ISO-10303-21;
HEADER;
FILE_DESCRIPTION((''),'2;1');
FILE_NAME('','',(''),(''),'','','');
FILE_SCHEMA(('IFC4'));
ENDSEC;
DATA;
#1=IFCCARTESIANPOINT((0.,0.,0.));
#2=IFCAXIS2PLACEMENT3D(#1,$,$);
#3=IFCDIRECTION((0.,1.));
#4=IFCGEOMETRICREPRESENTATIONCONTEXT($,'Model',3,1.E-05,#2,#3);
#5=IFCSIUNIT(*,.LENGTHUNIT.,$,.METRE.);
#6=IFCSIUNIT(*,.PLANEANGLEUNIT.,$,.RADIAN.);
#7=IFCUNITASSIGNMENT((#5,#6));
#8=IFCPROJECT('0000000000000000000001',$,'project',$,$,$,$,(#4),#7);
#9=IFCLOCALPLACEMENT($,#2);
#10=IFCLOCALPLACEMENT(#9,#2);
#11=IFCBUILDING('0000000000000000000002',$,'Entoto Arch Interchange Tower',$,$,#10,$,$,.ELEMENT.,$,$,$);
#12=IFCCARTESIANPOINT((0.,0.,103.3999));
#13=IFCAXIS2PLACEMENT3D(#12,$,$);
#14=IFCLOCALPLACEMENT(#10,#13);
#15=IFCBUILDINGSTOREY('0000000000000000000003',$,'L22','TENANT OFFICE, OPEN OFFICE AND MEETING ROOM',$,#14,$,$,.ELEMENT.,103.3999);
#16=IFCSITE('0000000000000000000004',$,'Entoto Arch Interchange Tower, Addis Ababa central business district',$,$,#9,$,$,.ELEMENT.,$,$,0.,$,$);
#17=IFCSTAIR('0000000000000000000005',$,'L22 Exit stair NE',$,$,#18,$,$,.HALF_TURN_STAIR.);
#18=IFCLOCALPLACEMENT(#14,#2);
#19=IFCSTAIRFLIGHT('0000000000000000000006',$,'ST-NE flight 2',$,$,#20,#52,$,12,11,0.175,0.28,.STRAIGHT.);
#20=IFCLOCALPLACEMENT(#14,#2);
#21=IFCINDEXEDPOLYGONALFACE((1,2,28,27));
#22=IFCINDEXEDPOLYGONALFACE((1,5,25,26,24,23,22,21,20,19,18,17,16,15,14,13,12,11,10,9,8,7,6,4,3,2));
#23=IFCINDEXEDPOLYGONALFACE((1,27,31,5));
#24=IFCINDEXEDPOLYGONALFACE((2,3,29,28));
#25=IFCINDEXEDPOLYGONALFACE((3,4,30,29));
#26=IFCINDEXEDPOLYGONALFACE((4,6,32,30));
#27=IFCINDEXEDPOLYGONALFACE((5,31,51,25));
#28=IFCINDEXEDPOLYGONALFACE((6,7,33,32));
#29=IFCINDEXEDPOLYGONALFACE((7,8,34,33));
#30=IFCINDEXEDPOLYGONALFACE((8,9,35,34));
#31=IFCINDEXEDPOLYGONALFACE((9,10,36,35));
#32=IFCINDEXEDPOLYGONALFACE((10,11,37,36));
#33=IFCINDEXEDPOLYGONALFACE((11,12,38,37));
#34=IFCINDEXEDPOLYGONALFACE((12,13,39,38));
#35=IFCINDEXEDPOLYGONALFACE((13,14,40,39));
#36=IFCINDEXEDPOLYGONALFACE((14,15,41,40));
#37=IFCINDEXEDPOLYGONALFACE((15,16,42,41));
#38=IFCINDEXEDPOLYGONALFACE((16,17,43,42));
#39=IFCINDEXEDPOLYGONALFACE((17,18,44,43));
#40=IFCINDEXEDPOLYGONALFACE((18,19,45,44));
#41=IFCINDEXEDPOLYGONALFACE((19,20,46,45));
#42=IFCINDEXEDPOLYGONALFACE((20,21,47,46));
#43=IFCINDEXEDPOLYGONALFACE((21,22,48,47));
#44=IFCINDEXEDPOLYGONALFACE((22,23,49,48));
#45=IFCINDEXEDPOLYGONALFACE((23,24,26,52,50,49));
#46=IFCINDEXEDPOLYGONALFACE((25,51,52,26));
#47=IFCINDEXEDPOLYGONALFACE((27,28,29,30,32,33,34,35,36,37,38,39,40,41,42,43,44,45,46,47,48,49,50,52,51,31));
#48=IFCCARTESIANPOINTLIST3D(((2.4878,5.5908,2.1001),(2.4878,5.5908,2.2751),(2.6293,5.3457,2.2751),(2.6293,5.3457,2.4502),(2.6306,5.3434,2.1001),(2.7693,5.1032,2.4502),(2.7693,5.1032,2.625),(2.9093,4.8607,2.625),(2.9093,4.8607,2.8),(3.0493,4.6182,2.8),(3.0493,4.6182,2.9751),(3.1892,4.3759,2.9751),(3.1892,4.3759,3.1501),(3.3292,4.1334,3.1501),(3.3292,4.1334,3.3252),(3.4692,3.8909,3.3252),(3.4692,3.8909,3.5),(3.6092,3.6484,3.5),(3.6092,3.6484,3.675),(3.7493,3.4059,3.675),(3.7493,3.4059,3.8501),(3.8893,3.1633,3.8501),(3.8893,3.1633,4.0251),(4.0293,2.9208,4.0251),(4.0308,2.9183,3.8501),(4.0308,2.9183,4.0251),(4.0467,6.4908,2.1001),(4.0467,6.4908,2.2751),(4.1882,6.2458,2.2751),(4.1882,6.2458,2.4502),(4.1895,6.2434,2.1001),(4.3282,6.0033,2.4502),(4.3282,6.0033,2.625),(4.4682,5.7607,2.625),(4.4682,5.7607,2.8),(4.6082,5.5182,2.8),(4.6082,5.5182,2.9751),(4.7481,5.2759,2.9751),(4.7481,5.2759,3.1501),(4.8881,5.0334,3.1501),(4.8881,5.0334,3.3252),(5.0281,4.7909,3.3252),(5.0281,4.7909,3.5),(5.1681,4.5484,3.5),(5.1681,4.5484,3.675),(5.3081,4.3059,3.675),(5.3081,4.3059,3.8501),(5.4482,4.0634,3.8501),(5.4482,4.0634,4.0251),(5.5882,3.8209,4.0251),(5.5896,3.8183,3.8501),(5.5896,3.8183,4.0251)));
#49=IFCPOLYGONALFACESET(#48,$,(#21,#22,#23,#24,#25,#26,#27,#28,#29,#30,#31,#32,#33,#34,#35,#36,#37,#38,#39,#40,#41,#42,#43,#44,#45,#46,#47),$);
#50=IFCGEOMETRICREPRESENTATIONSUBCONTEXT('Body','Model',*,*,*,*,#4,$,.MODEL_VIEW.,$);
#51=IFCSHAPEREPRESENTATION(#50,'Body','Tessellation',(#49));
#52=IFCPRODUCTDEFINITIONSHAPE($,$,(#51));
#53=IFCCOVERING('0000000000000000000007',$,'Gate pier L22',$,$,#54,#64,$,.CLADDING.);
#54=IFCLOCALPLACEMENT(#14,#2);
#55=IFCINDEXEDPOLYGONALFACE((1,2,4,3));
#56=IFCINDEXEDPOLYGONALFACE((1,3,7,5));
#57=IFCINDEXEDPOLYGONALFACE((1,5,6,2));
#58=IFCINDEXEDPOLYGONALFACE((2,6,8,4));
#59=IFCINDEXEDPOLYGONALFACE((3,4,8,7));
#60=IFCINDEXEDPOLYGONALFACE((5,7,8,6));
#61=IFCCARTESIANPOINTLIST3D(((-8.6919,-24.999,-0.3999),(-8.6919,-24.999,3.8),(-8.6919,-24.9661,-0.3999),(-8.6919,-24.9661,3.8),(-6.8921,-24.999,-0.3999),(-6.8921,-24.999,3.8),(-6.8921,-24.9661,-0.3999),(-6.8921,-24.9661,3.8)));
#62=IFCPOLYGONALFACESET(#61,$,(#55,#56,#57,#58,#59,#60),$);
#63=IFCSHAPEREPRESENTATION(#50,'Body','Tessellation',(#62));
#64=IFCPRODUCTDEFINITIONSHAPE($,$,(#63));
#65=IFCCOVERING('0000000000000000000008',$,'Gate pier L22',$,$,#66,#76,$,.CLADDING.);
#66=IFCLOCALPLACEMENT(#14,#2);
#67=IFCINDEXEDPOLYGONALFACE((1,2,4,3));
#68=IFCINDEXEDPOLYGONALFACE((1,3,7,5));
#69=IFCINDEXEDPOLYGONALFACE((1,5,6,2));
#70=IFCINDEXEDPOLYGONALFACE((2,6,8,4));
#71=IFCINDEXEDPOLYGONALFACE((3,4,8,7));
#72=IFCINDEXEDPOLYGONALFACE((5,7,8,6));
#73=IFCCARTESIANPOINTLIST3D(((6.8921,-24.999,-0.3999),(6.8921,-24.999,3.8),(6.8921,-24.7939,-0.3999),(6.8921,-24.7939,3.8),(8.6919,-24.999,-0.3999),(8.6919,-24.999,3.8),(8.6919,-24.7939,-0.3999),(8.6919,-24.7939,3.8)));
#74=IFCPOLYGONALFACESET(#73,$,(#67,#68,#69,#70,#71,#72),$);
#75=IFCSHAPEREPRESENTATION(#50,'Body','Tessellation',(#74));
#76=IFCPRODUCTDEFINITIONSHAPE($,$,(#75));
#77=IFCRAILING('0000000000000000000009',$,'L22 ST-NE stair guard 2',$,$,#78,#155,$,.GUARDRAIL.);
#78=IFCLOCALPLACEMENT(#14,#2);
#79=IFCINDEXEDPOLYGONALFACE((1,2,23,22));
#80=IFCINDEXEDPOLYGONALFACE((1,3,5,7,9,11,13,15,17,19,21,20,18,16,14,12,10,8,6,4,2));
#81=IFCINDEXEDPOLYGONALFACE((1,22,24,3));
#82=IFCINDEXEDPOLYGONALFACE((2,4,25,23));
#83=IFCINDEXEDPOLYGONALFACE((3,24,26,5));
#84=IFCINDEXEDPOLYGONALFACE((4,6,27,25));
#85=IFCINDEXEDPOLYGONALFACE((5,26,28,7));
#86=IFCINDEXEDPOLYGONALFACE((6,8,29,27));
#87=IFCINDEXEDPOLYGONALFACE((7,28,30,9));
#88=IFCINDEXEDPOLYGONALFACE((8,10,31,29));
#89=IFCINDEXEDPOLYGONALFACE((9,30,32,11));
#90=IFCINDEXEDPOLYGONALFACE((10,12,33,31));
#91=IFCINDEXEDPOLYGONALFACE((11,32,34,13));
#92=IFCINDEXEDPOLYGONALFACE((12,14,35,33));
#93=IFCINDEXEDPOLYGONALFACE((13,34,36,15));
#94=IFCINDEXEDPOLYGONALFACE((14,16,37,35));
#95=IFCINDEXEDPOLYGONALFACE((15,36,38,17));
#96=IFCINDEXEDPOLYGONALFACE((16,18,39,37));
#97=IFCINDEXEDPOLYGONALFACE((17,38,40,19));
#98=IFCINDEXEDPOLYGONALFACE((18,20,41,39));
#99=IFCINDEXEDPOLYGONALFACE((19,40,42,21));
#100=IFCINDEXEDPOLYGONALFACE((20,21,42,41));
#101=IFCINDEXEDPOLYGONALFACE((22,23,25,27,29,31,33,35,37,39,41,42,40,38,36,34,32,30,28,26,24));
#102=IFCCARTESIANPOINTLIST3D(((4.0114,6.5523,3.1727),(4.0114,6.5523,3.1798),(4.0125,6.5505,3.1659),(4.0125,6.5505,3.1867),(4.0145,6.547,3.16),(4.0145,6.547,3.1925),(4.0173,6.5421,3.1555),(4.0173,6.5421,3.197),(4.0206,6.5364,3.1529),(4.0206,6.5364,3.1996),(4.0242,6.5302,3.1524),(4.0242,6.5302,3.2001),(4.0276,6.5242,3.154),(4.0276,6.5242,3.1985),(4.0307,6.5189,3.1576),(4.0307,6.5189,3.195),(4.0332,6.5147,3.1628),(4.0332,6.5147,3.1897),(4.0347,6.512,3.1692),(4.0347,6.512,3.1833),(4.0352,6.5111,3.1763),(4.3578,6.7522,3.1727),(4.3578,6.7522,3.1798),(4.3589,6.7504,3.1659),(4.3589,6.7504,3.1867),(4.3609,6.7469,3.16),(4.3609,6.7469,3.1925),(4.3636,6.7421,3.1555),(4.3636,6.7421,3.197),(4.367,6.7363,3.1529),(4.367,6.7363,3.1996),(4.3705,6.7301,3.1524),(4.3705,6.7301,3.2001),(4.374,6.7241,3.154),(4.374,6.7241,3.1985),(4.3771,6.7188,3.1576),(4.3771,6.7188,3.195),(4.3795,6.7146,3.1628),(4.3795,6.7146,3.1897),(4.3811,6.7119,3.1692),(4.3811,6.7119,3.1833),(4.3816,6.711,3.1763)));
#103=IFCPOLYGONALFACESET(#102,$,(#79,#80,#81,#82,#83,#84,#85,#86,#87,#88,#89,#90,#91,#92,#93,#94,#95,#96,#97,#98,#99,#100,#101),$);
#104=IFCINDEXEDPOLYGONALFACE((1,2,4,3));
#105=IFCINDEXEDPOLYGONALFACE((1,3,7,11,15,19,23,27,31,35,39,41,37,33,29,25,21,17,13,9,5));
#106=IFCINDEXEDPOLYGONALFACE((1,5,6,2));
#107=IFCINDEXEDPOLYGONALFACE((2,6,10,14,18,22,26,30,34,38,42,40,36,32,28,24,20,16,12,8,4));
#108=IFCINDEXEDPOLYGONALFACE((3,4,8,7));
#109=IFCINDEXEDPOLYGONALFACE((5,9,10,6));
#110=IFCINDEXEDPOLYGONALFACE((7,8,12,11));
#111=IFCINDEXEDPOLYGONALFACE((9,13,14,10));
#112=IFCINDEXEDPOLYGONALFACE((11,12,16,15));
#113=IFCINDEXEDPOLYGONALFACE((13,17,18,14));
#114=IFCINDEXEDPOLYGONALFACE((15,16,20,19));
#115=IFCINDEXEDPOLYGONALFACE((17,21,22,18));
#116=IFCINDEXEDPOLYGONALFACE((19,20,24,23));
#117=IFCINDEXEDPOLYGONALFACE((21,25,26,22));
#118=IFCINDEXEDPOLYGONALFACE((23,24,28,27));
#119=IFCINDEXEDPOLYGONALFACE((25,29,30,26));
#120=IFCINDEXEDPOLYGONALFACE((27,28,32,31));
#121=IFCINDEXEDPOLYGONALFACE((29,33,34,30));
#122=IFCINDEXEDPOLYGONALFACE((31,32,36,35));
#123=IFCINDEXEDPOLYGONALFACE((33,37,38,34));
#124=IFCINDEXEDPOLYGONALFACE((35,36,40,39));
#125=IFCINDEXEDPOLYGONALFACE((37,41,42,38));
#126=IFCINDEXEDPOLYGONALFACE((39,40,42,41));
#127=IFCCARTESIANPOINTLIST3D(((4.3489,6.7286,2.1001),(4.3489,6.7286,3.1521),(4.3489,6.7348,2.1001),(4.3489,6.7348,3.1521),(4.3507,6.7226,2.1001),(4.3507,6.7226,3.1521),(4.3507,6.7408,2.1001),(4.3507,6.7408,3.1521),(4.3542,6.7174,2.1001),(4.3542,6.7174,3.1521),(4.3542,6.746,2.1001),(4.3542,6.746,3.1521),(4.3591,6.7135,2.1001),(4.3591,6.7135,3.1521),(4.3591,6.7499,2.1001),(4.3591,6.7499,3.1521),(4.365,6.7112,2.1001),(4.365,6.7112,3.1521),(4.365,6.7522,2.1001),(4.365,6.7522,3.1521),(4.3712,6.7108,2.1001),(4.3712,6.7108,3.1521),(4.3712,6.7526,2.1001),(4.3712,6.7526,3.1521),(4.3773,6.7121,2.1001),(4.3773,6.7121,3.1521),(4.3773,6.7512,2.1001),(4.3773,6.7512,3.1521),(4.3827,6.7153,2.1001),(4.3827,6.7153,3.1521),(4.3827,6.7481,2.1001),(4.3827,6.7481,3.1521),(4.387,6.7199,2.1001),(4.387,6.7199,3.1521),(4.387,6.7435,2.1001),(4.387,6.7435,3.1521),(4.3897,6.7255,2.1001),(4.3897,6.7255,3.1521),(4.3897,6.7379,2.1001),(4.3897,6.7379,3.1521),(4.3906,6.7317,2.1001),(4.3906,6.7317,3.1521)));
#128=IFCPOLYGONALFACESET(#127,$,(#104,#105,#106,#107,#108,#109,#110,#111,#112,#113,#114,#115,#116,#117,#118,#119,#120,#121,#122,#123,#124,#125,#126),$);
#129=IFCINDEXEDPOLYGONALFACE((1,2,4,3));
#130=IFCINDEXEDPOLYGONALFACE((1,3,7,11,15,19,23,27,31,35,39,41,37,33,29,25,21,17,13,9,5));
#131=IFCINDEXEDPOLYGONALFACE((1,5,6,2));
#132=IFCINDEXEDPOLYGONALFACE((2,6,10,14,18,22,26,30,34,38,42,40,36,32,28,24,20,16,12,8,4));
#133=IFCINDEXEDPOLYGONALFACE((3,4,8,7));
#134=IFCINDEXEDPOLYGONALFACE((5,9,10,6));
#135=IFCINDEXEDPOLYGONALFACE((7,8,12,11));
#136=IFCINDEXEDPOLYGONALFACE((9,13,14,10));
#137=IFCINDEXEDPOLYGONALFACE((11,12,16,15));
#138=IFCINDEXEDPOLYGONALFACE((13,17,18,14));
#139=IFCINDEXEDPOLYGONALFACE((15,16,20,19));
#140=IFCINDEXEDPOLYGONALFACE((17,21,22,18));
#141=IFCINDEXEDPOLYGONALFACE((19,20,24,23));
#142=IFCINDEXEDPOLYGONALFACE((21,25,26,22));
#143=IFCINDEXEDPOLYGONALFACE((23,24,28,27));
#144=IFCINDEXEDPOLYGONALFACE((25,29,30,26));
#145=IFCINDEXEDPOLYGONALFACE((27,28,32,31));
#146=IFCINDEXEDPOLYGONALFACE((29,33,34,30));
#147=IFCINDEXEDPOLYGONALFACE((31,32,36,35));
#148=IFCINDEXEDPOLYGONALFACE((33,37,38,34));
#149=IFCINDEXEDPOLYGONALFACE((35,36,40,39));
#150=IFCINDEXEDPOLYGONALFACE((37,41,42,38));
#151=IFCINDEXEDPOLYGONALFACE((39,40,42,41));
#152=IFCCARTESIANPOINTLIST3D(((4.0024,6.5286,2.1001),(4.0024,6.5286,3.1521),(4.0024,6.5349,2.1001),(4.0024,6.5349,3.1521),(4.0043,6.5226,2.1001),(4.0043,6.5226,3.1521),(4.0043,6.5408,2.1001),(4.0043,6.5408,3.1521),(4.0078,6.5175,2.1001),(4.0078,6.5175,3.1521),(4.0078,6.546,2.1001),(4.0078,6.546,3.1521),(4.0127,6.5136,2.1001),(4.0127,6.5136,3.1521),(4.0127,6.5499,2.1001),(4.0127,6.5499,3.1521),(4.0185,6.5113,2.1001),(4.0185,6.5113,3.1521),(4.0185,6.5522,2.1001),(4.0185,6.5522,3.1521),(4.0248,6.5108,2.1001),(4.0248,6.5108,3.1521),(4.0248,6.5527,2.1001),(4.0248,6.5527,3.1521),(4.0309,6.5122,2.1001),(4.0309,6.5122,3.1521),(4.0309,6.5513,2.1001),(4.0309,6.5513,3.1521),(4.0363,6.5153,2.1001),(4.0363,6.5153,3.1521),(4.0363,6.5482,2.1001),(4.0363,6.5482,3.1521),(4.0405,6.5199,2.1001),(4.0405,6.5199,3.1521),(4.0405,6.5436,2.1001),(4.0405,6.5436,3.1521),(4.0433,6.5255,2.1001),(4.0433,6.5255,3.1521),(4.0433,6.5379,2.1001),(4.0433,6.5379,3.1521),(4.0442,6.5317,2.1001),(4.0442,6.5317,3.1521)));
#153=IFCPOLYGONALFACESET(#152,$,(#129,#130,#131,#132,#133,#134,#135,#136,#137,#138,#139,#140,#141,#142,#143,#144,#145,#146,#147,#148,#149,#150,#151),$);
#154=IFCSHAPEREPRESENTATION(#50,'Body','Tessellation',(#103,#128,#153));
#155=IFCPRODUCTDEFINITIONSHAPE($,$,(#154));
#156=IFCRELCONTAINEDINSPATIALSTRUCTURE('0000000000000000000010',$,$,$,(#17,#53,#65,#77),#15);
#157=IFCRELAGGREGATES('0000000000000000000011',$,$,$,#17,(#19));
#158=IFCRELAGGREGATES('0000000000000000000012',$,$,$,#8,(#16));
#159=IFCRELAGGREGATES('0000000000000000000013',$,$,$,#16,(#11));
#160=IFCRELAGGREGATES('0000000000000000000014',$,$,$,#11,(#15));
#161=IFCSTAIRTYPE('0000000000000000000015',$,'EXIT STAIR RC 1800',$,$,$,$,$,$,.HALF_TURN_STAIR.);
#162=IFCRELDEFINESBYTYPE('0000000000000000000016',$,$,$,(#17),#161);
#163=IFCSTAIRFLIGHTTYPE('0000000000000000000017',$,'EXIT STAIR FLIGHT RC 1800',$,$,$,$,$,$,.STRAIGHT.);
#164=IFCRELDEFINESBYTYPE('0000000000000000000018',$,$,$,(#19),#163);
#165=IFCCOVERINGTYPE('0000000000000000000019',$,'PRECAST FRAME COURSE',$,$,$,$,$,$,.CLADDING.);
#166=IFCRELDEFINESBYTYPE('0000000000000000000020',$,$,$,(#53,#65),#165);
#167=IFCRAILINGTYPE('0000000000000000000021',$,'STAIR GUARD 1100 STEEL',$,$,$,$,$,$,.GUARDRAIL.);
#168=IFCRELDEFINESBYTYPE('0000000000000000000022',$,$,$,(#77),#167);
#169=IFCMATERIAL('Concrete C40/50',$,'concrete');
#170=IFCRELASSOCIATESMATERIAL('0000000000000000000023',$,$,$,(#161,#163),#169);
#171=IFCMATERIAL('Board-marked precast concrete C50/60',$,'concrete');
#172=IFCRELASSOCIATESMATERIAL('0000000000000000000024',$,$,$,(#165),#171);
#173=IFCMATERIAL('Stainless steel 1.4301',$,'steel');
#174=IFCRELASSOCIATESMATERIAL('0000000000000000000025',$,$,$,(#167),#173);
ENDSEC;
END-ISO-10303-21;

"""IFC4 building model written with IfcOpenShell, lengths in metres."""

from ifc_helpers import new_model, si_unit, direction, frame, origin, origin_2d, place, context, subcontext, project, spatial, polyline, circle, outline, extrude, material, type_object, element, aggregate, save


model = new_model("IFC4")

# Units and contexts
model_context = context("Model", 3, precision=1e-05, world=origin(), true_north=direction((0.0, 1.0)))
body_context = subcontext(model_context, "Body", "Model", "MODEL_VIEW")
ifc_project = project(units=[si_unit("LENGTHUNIT", "METRE"), si_unit("PLANEANGLEUNIT", "RADIAN")], contexts=[model_context])

# Site, building, storey
site_placement = place(None, origin())
site = spatial("IfcSite", under=ifc_project, at=site_placement, Name="Entoto Arch Interchange Tower, Addis Ababa central business district", CompositionType="ELEMENT", RefElevation=0.0)
building_placement = place(site_placement, origin())
building = spatial("IfcBuilding", under=site, at=building_placement, Name="Entoto Arch Interchange Tower", CompositionType="ELEMENT")
storey_placement = place(building_placement, frame((0.0, 0.0, 103.3999)))
storey = spatial("IfcBuildingStorey", under=building, at=storey_placement, Name="L22", Description="TENANT OFFICE, OPEN OFFICE AND MEETING ROOM", CompositionType="ELEMENT", Elevation=103.3999)

# Shared definitions
ifc_material_1 = material(Name="Board-marked precast concrete C50/60", Category="concrete")
ifc_material_2 = material(Name="Concrete C40/50", Category="concrete")

# Stair
stair_type = type_object("IfcStairType", Name="EXIT STAIR RC 1800", PredefinedType="HALF_TURN_STAIR", material=ifc_material_2)
stair_1_placement = place(storey_placement, origin())
stair_1 = element("IfcStair", 1, at=stair_1_placement, inside=storey, type_object=stair_type, Name="L22 Exit stair NE", PredefinedType="HALF_TURN_STAIR")

# Stair flight
stair_flight_type = type_object("IfcStairFlightType", Name="EXIT STAIR FLIGHT RC 1800", PredefinedType="STRAIGHT", material=ifc_material_2)
stair_flight_placement = place(storey_placement, frame((3.2688, 6.0383, 2.1001), z_axis=(0.0, 0.0, 1.0), x_axis=(0.5, -0.866025, 0.0)))
stair_flight = element("IfcStairFlight", 2, at=stair_flight_placement, type_object=stair_flight_type, Name="ST-NE flight 2", NumberOfRisers=12, NumberOfTreads=11, PredefinedType="STRAIGHT", RiserHeight=0.175, TreadLength=0.28, context=body_context, shape_type="SweptSolid", body=[
    extrude(outline(polyline([(-0.0029, 0.0), (-0.0029, 0.175), (0.28, 0.175), (0.28, 0.3501), (0.5601, 0.3501), (0.5601, 0.5249), (0.8401, 0.5249), (0.8401, 0.7), (1.1201, 0.7), (1.1201, 0.875), (1.3999, 0.875), (1.3999, 1.05), (1.6799, 1.05), (1.6799, 1.2251), (1.96, 1.2251), (1.96, 1.3999), (2.24, 1.3999), (2.24, 1.575), (2.52, 1.575), (2.52, 1.75), (2.8, 1.75), (2.8, 1.925), (3.0801, 1.925), (3.083, 1.925), (3.083, 1.75), (0.2827, 0.0), (-0.0029, 0.0)])), frame((0.0, 0.8999, 0.0), z_axis=(0.0, -1.0, 0.0), x_axis=(1.0, 0.0, 0.0)), (0.0, 0.0, 1.0), 1.8),
])
aggregate(stair_1, [stair_flight])

# Coverings
covering_type = type_object("IfcCoveringType", Name="PRECAST FRAME COURSE", PredefinedType="CLADDING", material=ifc_material_1)
covering_1_placement = place(storey_placement, frame((0.0, 0.0, -0.3999)))
element("IfcCovering", 3, at=covering_1_placement, inside=storey, type_object=covering_type, Name="Gate pier L22", PredefinedType="CLADDING", context=body_context, shape_type="SweptSolid", body=[
    extrude(outline(polyline([(-8.6919, -24.9661), (-6.8921, -24.9661), (-6.8921, -24.999), (-8.6919, -24.999), (-8.6919, -24.9661)])), origin(), (0.0, 0.0, 1.0), 4.2),
])
covering_2_placement = place(storey_placement, frame((0.0, 0.0, -0.3999)))
element("IfcCovering", 4, at=covering_2_placement, inside=storey, type_object=covering_type, Name="Gate pier L22", PredefinedType="CLADDING", context=body_context, shape_type="SweptSolid", body=[
    extrude(outline(polyline([(6.8921, -24.7939), (8.6919, -24.7939), (8.6919, -24.999), (6.8921, -24.999), (6.8921, -24.7939)])), origin(), (0.0, 0.0, 1.0), 4.2),
])

# Railing
ifc_material_3 = material(Name="Stainless steel 1.4301", Category="steel")
railing_type_1 = type_object("IfcRailingType", Name="STAIR GUARD 1100 STEEL", PredefinedType="GUARDRAIL", material=ifc_material_3)
railing_1_placement = place(storey_placement, frame((4.3696, 6.7317, 2.1001)))
element("IfcRailing", 5, at=railing_1_placement, inside=storey, type_object=railing_type_1, Name="L22 ST-NE stair guard 2", PredefinedType="GUARDRAIL", context=body_context, shape_type="SweptSolid", body=[
    extrude(circle(Radius=0.0239, at=origin_2d()), frame((0.0, 0.0, 1.0762), z_axis=(-0.866094, -0.499881, 0.0), x_axis=(0.499881, -0.866094, 0.0)), (0.0, 0.0, 1.0), 0.3999),
    extrude(circle(Radius=0.021, at=origin_2d()), origin(), (0.0, 0.0, 1.0), 1.052),
    extrude(circle(Radius=0.021, at=origin_2d()), frame((-0.3464, -0.2, 0.0)), (0.0, 0.0, 1.0), 1.052),
])

save(model, "model.ifc")
